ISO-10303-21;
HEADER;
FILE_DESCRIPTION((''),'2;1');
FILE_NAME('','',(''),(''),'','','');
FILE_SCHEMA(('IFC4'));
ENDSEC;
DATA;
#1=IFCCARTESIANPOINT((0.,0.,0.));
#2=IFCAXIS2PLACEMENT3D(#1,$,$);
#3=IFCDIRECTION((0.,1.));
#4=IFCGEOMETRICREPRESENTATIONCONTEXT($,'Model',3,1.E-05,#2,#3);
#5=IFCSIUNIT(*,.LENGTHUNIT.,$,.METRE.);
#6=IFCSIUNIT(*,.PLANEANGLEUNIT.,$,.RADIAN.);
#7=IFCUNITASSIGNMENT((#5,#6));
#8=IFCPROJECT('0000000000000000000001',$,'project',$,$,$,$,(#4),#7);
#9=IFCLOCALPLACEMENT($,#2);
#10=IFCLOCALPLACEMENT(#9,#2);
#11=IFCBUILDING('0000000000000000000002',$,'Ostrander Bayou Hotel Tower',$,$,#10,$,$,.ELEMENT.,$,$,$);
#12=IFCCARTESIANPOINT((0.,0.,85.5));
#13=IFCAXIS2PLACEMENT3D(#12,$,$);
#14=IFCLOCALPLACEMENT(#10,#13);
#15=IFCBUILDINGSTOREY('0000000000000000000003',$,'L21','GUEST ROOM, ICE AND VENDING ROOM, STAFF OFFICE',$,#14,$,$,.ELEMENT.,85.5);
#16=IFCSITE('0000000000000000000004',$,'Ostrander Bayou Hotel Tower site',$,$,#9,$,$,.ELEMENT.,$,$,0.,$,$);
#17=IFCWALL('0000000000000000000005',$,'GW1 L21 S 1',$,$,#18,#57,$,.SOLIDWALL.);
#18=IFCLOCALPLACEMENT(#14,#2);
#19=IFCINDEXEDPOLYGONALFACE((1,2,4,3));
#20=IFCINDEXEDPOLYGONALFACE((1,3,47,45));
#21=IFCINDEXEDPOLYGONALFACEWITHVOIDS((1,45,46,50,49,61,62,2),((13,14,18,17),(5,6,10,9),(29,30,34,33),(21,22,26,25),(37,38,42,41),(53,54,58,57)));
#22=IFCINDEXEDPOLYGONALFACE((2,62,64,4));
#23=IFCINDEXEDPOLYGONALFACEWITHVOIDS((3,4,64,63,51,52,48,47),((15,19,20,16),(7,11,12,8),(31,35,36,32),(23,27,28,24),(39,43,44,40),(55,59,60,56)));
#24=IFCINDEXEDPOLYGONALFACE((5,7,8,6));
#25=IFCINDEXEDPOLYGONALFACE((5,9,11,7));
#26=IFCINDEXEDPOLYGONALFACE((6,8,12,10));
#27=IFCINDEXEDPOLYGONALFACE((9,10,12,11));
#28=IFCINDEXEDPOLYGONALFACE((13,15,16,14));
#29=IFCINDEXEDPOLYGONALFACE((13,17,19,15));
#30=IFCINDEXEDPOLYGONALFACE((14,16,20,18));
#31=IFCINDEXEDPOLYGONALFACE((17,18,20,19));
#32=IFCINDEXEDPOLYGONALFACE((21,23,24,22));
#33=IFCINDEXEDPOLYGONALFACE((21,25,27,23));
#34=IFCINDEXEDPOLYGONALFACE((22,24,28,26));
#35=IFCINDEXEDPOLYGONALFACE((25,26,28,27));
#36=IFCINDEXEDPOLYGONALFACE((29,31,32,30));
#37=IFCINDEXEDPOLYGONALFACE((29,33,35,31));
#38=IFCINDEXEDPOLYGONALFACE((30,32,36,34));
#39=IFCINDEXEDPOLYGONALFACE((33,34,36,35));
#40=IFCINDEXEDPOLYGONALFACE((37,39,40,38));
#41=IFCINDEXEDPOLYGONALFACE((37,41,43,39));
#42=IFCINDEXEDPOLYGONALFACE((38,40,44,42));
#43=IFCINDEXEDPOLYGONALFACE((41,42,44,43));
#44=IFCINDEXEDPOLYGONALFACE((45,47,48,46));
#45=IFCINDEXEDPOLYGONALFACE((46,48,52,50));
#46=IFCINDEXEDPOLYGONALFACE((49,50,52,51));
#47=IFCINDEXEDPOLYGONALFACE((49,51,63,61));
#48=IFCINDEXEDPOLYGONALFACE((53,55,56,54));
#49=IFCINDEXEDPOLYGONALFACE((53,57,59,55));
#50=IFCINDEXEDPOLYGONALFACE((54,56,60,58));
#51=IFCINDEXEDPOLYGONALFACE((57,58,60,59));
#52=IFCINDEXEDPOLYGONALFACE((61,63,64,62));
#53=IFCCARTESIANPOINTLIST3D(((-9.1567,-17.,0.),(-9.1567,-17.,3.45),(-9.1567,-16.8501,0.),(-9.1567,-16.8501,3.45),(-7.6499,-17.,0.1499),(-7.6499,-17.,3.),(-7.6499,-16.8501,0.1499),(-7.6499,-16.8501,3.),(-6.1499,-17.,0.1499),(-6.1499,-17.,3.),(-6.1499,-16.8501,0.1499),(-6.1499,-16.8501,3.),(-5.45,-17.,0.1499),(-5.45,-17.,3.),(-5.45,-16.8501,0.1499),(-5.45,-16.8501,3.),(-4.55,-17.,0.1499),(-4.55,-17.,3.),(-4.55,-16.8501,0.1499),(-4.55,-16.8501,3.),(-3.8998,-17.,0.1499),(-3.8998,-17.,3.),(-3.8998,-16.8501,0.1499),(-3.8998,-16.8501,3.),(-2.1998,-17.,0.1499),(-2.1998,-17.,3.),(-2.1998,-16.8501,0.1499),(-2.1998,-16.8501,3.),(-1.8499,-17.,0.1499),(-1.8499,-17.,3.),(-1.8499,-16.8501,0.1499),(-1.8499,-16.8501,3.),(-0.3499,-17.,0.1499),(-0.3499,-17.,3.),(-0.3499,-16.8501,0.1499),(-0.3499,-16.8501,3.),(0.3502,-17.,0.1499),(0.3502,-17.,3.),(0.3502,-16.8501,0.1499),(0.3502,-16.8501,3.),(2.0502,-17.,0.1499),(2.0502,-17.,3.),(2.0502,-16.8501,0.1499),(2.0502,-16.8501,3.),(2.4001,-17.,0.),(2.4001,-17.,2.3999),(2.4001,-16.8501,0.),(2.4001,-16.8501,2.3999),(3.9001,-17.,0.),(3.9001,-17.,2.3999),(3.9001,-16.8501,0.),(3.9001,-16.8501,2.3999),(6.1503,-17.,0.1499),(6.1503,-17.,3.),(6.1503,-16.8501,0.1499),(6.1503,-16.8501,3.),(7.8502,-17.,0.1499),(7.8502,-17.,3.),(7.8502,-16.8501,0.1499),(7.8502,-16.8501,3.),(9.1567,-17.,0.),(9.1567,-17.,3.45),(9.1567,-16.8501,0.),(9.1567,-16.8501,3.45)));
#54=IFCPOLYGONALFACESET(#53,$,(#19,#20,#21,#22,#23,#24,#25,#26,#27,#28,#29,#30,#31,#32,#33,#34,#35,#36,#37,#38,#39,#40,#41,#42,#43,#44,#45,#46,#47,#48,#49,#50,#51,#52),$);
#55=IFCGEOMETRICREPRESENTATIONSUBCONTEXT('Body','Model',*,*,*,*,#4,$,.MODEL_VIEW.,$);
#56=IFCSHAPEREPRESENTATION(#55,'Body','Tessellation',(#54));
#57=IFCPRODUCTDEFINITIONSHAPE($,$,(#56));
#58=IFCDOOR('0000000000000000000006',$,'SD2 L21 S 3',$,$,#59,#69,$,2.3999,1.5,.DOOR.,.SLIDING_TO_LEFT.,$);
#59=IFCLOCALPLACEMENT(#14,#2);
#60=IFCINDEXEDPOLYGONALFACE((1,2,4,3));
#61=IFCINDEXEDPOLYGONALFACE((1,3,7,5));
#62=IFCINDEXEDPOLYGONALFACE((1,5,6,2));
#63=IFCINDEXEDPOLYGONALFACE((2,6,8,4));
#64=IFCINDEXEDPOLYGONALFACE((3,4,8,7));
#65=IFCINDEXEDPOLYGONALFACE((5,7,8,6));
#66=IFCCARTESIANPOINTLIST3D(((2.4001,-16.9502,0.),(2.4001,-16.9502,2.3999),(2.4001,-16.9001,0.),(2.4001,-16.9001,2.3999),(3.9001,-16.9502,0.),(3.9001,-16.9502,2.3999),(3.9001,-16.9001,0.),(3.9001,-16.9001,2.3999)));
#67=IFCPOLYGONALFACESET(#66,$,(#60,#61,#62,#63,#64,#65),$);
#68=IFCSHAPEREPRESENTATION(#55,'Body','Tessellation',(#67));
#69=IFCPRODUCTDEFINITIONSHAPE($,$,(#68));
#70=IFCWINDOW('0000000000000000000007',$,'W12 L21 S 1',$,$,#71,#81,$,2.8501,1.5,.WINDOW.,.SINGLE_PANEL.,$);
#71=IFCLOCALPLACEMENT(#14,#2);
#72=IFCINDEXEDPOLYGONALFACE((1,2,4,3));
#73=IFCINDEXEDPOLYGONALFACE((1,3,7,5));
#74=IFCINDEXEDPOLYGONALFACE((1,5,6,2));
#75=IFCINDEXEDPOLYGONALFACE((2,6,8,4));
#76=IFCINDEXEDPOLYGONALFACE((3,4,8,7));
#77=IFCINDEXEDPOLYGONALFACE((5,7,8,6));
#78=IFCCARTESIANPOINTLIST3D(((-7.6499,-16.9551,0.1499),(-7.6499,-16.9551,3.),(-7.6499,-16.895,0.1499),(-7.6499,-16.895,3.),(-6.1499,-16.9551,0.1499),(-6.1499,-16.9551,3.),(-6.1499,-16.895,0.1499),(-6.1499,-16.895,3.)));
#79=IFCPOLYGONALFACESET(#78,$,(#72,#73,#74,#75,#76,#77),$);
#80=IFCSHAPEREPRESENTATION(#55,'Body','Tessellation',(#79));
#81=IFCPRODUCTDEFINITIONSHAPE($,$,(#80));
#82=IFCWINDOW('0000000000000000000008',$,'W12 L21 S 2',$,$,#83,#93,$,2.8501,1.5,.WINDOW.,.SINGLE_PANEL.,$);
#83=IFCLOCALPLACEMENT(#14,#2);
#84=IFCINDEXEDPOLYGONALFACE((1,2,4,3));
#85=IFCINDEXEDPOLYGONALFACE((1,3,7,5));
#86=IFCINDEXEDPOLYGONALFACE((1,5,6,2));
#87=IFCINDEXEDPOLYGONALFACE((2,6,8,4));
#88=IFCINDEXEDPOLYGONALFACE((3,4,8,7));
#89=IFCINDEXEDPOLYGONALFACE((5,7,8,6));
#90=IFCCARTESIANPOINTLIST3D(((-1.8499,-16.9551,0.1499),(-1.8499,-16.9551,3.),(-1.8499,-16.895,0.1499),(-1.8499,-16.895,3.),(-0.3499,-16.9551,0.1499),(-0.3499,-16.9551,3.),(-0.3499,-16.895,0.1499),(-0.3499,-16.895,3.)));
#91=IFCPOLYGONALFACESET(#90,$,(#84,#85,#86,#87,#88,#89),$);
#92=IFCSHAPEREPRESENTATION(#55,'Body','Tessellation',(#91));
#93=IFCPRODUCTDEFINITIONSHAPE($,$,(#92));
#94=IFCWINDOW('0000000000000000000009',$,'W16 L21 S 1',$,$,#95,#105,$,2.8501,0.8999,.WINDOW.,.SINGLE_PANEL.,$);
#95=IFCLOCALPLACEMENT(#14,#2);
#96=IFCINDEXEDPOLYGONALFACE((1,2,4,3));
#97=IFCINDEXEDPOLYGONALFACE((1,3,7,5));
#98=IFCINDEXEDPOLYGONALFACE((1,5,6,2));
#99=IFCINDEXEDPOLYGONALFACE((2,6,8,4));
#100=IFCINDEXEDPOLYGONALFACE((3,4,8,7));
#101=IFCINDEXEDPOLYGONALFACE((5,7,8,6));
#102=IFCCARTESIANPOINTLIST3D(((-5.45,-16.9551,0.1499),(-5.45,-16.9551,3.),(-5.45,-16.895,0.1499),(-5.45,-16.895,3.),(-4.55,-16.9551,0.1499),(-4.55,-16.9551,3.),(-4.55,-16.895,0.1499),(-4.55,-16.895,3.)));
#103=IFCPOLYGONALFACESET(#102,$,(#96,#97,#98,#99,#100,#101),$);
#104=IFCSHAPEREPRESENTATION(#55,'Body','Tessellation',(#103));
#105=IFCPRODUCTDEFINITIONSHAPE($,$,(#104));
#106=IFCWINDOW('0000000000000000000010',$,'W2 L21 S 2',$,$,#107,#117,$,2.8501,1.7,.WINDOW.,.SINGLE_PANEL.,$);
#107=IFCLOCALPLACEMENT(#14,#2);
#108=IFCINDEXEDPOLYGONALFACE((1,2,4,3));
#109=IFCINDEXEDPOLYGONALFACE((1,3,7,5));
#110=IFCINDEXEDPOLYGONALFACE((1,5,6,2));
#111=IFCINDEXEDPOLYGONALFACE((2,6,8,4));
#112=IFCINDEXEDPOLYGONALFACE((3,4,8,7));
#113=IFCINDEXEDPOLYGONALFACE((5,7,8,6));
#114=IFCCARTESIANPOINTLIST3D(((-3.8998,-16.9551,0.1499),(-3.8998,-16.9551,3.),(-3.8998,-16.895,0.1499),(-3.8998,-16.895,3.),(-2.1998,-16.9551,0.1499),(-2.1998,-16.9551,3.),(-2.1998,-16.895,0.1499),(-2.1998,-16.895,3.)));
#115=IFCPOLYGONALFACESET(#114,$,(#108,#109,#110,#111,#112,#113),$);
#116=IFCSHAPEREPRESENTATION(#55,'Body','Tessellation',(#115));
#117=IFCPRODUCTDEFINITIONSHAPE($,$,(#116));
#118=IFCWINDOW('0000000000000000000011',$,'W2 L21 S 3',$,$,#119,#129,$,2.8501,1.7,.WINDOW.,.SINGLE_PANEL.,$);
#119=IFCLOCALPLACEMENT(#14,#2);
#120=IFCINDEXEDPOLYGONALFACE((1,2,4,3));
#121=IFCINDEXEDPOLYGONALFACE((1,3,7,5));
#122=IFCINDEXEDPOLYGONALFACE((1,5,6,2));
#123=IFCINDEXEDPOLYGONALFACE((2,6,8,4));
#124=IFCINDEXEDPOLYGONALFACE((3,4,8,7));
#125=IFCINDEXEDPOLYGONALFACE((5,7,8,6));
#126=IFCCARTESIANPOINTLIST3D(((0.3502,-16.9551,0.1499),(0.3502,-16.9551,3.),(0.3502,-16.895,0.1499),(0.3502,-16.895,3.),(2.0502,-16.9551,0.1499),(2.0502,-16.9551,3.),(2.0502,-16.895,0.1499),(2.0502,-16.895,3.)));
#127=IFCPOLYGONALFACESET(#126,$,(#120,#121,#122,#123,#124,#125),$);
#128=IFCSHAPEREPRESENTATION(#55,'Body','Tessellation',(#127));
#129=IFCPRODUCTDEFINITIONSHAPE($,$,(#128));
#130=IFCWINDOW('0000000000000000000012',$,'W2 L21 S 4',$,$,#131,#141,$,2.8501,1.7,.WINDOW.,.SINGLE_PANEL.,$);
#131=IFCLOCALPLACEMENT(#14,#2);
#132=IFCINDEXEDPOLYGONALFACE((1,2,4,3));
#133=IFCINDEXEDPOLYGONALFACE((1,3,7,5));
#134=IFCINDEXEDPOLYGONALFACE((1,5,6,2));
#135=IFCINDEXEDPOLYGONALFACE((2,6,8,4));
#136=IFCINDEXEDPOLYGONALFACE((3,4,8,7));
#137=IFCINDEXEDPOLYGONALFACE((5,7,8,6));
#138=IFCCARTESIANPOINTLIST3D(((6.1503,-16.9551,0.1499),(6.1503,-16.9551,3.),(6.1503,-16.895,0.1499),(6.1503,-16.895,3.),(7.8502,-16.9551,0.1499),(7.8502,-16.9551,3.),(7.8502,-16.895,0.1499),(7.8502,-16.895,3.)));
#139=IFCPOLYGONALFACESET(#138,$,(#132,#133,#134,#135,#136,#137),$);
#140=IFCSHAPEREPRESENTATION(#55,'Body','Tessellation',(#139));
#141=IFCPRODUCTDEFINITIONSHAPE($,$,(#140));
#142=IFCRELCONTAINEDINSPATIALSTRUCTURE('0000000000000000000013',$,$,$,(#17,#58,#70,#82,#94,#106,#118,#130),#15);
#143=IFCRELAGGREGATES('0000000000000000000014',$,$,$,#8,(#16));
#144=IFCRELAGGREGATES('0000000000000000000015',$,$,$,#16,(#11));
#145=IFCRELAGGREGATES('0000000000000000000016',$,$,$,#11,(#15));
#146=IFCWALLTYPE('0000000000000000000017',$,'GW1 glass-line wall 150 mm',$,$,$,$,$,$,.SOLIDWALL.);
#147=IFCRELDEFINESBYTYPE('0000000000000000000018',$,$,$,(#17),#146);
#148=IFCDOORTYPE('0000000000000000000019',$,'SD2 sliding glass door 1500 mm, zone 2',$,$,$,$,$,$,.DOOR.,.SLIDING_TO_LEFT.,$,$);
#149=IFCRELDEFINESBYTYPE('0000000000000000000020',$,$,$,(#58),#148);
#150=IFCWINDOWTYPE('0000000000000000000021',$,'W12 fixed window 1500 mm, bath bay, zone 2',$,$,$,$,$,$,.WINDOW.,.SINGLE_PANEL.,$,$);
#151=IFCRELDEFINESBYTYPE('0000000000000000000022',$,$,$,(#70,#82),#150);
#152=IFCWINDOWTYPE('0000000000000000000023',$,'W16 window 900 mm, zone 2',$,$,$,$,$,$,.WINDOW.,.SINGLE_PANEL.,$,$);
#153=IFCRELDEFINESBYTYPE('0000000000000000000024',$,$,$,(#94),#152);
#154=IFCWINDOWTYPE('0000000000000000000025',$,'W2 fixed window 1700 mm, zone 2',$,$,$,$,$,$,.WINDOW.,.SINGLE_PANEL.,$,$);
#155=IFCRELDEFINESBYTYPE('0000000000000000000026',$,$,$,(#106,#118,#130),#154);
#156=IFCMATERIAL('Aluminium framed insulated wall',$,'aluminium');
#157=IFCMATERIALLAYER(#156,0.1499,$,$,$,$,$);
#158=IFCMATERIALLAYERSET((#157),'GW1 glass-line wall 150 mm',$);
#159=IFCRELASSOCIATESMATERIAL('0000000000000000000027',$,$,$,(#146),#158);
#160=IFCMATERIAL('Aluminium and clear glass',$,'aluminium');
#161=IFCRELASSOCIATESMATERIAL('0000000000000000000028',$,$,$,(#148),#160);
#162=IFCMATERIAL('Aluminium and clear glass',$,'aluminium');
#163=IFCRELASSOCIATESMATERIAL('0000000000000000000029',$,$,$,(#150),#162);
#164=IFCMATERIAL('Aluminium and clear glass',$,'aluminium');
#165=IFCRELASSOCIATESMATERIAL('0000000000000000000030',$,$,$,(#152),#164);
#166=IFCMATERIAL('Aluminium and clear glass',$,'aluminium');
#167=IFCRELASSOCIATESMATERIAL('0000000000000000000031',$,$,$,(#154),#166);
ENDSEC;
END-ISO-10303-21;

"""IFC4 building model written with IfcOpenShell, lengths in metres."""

from ifc_helpers import new_model, si_unit, direction, frame, frame_2d, origin, place, context, subcontext, project, spatial, rectangle, extrude, material, layer, layer_set, type_object, element, fill, save


model = new_model("IFC4")

# Units and contexts
model_context = context("Model", 3, precision=1e-05, world=origin(), true_north=direction((0.0, 1.0)))
body_context = subcontext(model_context, "Body", "Model", "MODEL_VIEW")
ifc_project = project(units=[si_unit("LENGTHUNIT", "METRE"), si_unit("PLANEANGLEUNIT", "RADIAN")], contexts=[model_context])

# Site, building, storey
site_placement = place(None, origin())
site = spatial("IfcSite", under=ifc_project, at=site_placement, Name="Ostrander Bayou Hotel Tower site", CompositionType="ELEMENT", RefElevation=0.0)
building_placement = place(site_placement, origin())
building = spatial("IfcBuilding", under=site, at=building_placement, Name="Ostrander Bayou Hotel Tower", CompositionType="ELEMENT")
storey_placement = place(building_placement, frame((0.0, 0.0, 85.5)))
storey = spatial("IfcBuildingStorey", under=building, at=storey_placement, Name="L21", Description="GUEST ROOM, ICE AND VENDING ROOM, STAFF OFFICE", CompositionType="ELEMENT", Elevation=85.5)

# Wall, openings, door, windows
ifc_material_1 = material(Name="Aluminium framed insulated wall", Category="aluminium")
ifc_layer_1 = layer(ifc_material_1, 0.1499)
ifc_layer_set_1 = layer_set([ifc_layer_1], Name="GW1 glass-line wall 150 mm")
wall_type_1 = type_object("IfcWallType", Name="GW1 glass-line wall 150 mm", PredefinedType="SOLIDWALL", material=ifc_layer_set_1)
wall_1_placement = place(storey_placement, frame((-9.1567, -16.925, 0.0), z_axis=(0.0, 0.0, 1.0), x_axis=(1.0, 0.0, 0.0)))
wall_1 = element("IfcWall", 1, at=wall_1_placement, inside=storey, type_object=wall_type_1, Name="GW1 L21 S 1", PredefinedType="SOLIDWALL", context=body_context, shape_type="SweptSolid", body=[
    extrude(rectangle(XDim=18.3135, YDim=0.1499, at=frame_2d((9.1567, 0.0))), origin(), (0.0, 0.0, 1.0), 3.45),
])
opening_1_placement = place(wall_1_placement, frame((3.7068, 0.0, 0.1499)))
opening_1 = element("IfcOpeningElement", 2, at=opening_1_placement, cuts=wall_1, PredefinedType="OPENING", context=body_context, shape_type="SweptSolid", body=[
    extrude(rectangle(XDim=0.8999, YDim=2.8501, at=frame_2d((0.45, 1.425))), frame((0.0, 0.075, 0.0), z_axis=(0.0, -1.0, 0.0), x_axis=(1.0, 0.0, 0.0)), (0.0, 0.0, 1.0), 0.1499),
])
opening_2_placement = place(wall_1_placement, frame((1.5068, 0.0, 0.1499)))
opening_2 = element("IfcOpeningElement", 3, at=opening_2_placement, cuts=wall_1, PredefinedType="OPENING", context=body_context, shape_type="SweptSolid", body=[
    extrude(rectangle(XDim=1.5, YDim=2.8501, at=frame_2d((0.75, 1.425))), frame((0.0, 0.075, 0.0), z_axis=(0.0, -1.0, 0.0), x_axis=(1.0, 0.0, 0.0)), (0.0, 0.0, 1.0), 0.1499),
])
opening_3_placement = place(wall_1_placement, frame((5.2568, 0.0, 0.1499)))
opening_3 = element("IfcOpeningElement", 4, at=opening_3_placement, cuts=wall_1, PredefinedType="OPENING", context=body_context, shape_type="SweptSolid", body=[
    extrude(rectangle(XDim=1.7, YDim=2.8501, at=frame_2d((0.8501, 1.425))), frame((0.0, 0.075, 0.0), z_axis=(0.0, -1.0, 0.0), x_axis=(1.0, 0.0, 0.0)), (0.0, 0.0, 1.0), 0.1499),
])
opening_4_placement = place(wall_1_placement, frame((7.3069, 0.0, 0.1499)))
opening_4 = element("IfcOpeningElement", 5, at=opening_4_placement, cuts=wall_1, PredefinedType="OPENING", context=body_context, shape_type="SweptSolid", body=[
    extrude(rectangle(XDim=1.5, YDim=2.8501, at=frame_2d((0.75, 1.425))), frame((0.0, 0.075, 0.0), z_axis=(0.0, -1.0, 0.0), x_axis=(1.0, 0.0, 0.0)), (0.0, 0.0, 1.0), 0.1499),
])
opening_5_placement = place(wall_1_placement, frame((9.5068, 0.0, 0.1499)))
opening_5 = element("IfcOpeningElement", 6, at=opening_5_placement, cuts=wall_1, PredefinedType="OPENING", context=body_context, shape_type="SweptSolid", body=[
    extrude(rectangle(XDim=1.7, YDim=2.8501, at=frame_2d((0.8501, 1.425))), frame((0.0, 0.075, 0.0), z_axis=(0.0, -1.0, 0.0), x_axis=(1.0, 0.0, 0.0)), (0.0, 0.0, 1.0), 0.1499),
])
opening_6_placement = place(wall_1_placement, frame((11.5569, 0.0, 0.0)))
opening_6 = element("IfcOpeningElement", 7, at=opening_6_placement, cuts=wall_1, PredefinedType="OPENING", context=body_context, shape_type="SweptSolid", body=[
    extrude(rectangle(XDim=1.5, YDim=2.3999, at=frame_2d((0.75, 1.2))), frame((0.0, 0.075, 0.0), z_axis=(0.0, -1.0, 0.0), x_axis=(1.0, 0.0, 0.0)), (0.0, 0.0, 1.0), 0.1499),
])
opening_7_placement = place(wall_1_placement, frame((15.3069, 0.0, 0.1499)))
opening_7 = element("IfcOpeningElement", 8, at=opening_7_placement, cuts=wall_1, PredefinedType="OPENING", context=body_context, shape_type="SweptSolid", body=[
    extrude(rectangle(XDim=1.7, YDim=2.8501, at=frame_2d((0.8501, 1.425))), frame((0.0, 0.075, 0.0), z_axis=(0.0, -1.0, 0.0), x_axis=(1.0, 0.0, 0.0)), (0.0, 0.0, 1.0), 0.1499),
])
ifc_material_2 = material(Name="Aluminium and clear glass", Category="aluminium")
door_type = type_object("IfcDoorType", Name="SD2 sliding glass door 1500 mm, zone 2", OperationType="SLIDING_TO_LEFT", PredefinedType="DOOR", material=ifc_material_2)
door_placement = place(opening_6_placement, origin())
door = element("IfcDoor", 9, at=door_placement, inside=storey, type_object=door_type, Name="SD2 L21 S 3", OperationType="SLIDING_TO_LEFT", OverallHeight=2.3999, OverallWidth=1.5, PredefinedType="DOOR", context=body_context, shape_type="SweptSolid", body=[
    extrude(rectangle(XDim=1.5, YDim=2.3999, at=frame_2d((0.75, 1.2))), frame((0.0, 0.0249, 0.0), z_axis=(0.0, -1.0, 0.0), x_axis=(1.0, 0.0, 0.0)), (0.0, 0.0, 1.0), 0.05),
])
fill(opening_6, door)
ifc_material_3 = material(Name="Aluminium and clear glass", Category="aluminium")
window_type_1 = type_object("IfcWindowType", Name="W12 fixed window 1500 mm, bath bay, zone 2", PartitioningType="SINGLE_PANEL", PredefinedType="WINDOW", material=ifc_material_3)
window_1_placement = place(opening_2_placement, origin())
window_1 = element("IfcWindow", 10, at=window_1_placement, inside=storey, type_object=window_type_1, Name="W12 L21 S 1", OverallHeight=2.8501, OverallWidth=1.5, PartitioningType="SINGLE_PANEL", PredefinedType="WINDOW", context=body_context, shape_type="SweptSolid", body=[
    extrude(rectangle(XDim=1.5, YDim=2.8501, at=frame_2d((0.75, 1.425))), frame((0.0, 0.03, 0.0), z_axis=(0.0, -1.0, 0.0), x_axis=(1.0, 0.0, 0.0)), (0.0, 0.0, 1.0), 0.0601),
])
fill(opening_2, window_1)
window_2_placement = place(opening_4_placement, origin())
window_2 = element("IfcWindow", 11, at=window_2_placement, inside=storey, type_object=window_type_1, Name="W12 L21 S 2", OverallHeight=2.8501, OverallWidth=1.5, PartitioningType="SINGLE_PANEL", PredefinedType="WINDOW", context=body_context, shape_type="SweptSolid", body=[
    extrude(rectangle(XDim=1.5, YDim=2.8501, at=frame_2d((0.75, 1.425))), frame((0.0, 0.03, 0.0), z_axis=(0.0, -1.0, 0.0), x_axis=(1.0, 0.0, 0.0)), (0.0, 0.0, 1.0), 0.0601),
])
fill(opening_4, window_2)
ifc_material_4 = material(Name="Aluminium and clear glass", Category="aluminium")
window_type_2 = type_object("IfcWindowType", Name="W16 window 900 mm, zone 2", PartitioningType="SINGLE_PANEL", PredefinedType="WINDOW", material=ifc_material_4)
window_3_placement = place(opening_1_placement, origin())
window_3 = element("IfcWindow", 12, at=window_3_placement, inside=storey, type_object=window_type_2, Name="W16 L21 S 1", OverallHeight=2.8501, OverallWidth=0.8999, PartitioningType="SINGLE_PANEL", PredefinedType="WINDOW", context=body_context, shape_type="SweptSolid", body=[
    extrude(rectangle(XDim=0.8999, YDim=2.8501, at=frame_2d((0.45, 1.425))), frame((0.0, 0.03, 0.0), z_axis=(0.0, -1.0, 0.0), x_axis=(1.0, 0.0, 0.0)), (0.0, 0.0, 1.0), 0.0601),
])
fill(opening_1, window_3)
ifc_material_5 = material(Name="Aluminium and clear glass", Category="aluminium")
window_type_3 = type_object("IfcWindowType", Name="W2 fixed window 1700 mm, zone 2", PartitioningType="SINGLE_PANEL", PredefinedType="WINDOW", material=ifc_material_5)
window_4_placement = place(opening_3_placement, origin())
window_4 = element("IfcWindow", 13, at=window_4_placement, inside=storey, type_object=window_type_3, Name="W2 L21 S 2", OverallHeight=2.8501, OverallWidth=1.7, PartitioningType="SINGLE_PANEL", PredefinedType="WINDOW", context=body_context, shape_type="SweptSolid", body=[
    extrude(rectangle(XDim=1.7, YDim=2.8501, at=frame_2d((0.8501, 1.425))), frame((0.0, 0.03, 0.0), z_axis=(0.0, -1.0, 0.0), x_axis=(1.0, 0.0, 0.0)), (0.0, 0.0, 1.0), 0.0601),
])
fill(opening_3, window_4)
window_5_placement = place(opening_5_placement, origin())
window_5 = element("IfcWindow", 14, at=window_5_placement, inside=storey, type_object=window_type_3, Name="W2 L21 S 3", OverallHeight=2.8501, OverallWidth=1.7, PartitioningType="SINGLE_PANEL", PredefinedType="WINDOW", context=body_context, shape_type="SweptSolid", body=[
    extrude(rectangle(XDim=1.7, YDim=2.8501, at=frame_2d((0.8501, 1.425))), frame((0.0, 0.03, 0.0), z_axis=(0.0, -1.0, 0.0), x_axis=(1.0, 0.0, 0.0)), (0.0, 0.0, 1.0), 0.0601),
])
fill(opening_5, window_5)
window_6_placement = place(opening_7_placement, origin())
window_6 = element("IfcWindow", 15, at=window_6_placement, inside=storey, type_object=window_type_3, Name="W2 L21 S 4", OverallHeight=2.8501, OverallWidth=1.7, PartitioningType="SINGLE_PANEL", PredefinedType="WINDOW", context=body_context, shape_type="SweptSolid", body=[
    extrude(rectangle(XDim=1.7, YDim=2.8501, at=frame_2d((0.8501, 1.425))), frame((0.0, 0.03, 0.0), z_axis=(0.0, -1.0, 0.0), x_axis=(1.0, 0.0, 0.0)), (0.0, 0.0, 1.0), 0.0601),
])
fill(opening_7, window_6)

save(model, "model.ifc")
